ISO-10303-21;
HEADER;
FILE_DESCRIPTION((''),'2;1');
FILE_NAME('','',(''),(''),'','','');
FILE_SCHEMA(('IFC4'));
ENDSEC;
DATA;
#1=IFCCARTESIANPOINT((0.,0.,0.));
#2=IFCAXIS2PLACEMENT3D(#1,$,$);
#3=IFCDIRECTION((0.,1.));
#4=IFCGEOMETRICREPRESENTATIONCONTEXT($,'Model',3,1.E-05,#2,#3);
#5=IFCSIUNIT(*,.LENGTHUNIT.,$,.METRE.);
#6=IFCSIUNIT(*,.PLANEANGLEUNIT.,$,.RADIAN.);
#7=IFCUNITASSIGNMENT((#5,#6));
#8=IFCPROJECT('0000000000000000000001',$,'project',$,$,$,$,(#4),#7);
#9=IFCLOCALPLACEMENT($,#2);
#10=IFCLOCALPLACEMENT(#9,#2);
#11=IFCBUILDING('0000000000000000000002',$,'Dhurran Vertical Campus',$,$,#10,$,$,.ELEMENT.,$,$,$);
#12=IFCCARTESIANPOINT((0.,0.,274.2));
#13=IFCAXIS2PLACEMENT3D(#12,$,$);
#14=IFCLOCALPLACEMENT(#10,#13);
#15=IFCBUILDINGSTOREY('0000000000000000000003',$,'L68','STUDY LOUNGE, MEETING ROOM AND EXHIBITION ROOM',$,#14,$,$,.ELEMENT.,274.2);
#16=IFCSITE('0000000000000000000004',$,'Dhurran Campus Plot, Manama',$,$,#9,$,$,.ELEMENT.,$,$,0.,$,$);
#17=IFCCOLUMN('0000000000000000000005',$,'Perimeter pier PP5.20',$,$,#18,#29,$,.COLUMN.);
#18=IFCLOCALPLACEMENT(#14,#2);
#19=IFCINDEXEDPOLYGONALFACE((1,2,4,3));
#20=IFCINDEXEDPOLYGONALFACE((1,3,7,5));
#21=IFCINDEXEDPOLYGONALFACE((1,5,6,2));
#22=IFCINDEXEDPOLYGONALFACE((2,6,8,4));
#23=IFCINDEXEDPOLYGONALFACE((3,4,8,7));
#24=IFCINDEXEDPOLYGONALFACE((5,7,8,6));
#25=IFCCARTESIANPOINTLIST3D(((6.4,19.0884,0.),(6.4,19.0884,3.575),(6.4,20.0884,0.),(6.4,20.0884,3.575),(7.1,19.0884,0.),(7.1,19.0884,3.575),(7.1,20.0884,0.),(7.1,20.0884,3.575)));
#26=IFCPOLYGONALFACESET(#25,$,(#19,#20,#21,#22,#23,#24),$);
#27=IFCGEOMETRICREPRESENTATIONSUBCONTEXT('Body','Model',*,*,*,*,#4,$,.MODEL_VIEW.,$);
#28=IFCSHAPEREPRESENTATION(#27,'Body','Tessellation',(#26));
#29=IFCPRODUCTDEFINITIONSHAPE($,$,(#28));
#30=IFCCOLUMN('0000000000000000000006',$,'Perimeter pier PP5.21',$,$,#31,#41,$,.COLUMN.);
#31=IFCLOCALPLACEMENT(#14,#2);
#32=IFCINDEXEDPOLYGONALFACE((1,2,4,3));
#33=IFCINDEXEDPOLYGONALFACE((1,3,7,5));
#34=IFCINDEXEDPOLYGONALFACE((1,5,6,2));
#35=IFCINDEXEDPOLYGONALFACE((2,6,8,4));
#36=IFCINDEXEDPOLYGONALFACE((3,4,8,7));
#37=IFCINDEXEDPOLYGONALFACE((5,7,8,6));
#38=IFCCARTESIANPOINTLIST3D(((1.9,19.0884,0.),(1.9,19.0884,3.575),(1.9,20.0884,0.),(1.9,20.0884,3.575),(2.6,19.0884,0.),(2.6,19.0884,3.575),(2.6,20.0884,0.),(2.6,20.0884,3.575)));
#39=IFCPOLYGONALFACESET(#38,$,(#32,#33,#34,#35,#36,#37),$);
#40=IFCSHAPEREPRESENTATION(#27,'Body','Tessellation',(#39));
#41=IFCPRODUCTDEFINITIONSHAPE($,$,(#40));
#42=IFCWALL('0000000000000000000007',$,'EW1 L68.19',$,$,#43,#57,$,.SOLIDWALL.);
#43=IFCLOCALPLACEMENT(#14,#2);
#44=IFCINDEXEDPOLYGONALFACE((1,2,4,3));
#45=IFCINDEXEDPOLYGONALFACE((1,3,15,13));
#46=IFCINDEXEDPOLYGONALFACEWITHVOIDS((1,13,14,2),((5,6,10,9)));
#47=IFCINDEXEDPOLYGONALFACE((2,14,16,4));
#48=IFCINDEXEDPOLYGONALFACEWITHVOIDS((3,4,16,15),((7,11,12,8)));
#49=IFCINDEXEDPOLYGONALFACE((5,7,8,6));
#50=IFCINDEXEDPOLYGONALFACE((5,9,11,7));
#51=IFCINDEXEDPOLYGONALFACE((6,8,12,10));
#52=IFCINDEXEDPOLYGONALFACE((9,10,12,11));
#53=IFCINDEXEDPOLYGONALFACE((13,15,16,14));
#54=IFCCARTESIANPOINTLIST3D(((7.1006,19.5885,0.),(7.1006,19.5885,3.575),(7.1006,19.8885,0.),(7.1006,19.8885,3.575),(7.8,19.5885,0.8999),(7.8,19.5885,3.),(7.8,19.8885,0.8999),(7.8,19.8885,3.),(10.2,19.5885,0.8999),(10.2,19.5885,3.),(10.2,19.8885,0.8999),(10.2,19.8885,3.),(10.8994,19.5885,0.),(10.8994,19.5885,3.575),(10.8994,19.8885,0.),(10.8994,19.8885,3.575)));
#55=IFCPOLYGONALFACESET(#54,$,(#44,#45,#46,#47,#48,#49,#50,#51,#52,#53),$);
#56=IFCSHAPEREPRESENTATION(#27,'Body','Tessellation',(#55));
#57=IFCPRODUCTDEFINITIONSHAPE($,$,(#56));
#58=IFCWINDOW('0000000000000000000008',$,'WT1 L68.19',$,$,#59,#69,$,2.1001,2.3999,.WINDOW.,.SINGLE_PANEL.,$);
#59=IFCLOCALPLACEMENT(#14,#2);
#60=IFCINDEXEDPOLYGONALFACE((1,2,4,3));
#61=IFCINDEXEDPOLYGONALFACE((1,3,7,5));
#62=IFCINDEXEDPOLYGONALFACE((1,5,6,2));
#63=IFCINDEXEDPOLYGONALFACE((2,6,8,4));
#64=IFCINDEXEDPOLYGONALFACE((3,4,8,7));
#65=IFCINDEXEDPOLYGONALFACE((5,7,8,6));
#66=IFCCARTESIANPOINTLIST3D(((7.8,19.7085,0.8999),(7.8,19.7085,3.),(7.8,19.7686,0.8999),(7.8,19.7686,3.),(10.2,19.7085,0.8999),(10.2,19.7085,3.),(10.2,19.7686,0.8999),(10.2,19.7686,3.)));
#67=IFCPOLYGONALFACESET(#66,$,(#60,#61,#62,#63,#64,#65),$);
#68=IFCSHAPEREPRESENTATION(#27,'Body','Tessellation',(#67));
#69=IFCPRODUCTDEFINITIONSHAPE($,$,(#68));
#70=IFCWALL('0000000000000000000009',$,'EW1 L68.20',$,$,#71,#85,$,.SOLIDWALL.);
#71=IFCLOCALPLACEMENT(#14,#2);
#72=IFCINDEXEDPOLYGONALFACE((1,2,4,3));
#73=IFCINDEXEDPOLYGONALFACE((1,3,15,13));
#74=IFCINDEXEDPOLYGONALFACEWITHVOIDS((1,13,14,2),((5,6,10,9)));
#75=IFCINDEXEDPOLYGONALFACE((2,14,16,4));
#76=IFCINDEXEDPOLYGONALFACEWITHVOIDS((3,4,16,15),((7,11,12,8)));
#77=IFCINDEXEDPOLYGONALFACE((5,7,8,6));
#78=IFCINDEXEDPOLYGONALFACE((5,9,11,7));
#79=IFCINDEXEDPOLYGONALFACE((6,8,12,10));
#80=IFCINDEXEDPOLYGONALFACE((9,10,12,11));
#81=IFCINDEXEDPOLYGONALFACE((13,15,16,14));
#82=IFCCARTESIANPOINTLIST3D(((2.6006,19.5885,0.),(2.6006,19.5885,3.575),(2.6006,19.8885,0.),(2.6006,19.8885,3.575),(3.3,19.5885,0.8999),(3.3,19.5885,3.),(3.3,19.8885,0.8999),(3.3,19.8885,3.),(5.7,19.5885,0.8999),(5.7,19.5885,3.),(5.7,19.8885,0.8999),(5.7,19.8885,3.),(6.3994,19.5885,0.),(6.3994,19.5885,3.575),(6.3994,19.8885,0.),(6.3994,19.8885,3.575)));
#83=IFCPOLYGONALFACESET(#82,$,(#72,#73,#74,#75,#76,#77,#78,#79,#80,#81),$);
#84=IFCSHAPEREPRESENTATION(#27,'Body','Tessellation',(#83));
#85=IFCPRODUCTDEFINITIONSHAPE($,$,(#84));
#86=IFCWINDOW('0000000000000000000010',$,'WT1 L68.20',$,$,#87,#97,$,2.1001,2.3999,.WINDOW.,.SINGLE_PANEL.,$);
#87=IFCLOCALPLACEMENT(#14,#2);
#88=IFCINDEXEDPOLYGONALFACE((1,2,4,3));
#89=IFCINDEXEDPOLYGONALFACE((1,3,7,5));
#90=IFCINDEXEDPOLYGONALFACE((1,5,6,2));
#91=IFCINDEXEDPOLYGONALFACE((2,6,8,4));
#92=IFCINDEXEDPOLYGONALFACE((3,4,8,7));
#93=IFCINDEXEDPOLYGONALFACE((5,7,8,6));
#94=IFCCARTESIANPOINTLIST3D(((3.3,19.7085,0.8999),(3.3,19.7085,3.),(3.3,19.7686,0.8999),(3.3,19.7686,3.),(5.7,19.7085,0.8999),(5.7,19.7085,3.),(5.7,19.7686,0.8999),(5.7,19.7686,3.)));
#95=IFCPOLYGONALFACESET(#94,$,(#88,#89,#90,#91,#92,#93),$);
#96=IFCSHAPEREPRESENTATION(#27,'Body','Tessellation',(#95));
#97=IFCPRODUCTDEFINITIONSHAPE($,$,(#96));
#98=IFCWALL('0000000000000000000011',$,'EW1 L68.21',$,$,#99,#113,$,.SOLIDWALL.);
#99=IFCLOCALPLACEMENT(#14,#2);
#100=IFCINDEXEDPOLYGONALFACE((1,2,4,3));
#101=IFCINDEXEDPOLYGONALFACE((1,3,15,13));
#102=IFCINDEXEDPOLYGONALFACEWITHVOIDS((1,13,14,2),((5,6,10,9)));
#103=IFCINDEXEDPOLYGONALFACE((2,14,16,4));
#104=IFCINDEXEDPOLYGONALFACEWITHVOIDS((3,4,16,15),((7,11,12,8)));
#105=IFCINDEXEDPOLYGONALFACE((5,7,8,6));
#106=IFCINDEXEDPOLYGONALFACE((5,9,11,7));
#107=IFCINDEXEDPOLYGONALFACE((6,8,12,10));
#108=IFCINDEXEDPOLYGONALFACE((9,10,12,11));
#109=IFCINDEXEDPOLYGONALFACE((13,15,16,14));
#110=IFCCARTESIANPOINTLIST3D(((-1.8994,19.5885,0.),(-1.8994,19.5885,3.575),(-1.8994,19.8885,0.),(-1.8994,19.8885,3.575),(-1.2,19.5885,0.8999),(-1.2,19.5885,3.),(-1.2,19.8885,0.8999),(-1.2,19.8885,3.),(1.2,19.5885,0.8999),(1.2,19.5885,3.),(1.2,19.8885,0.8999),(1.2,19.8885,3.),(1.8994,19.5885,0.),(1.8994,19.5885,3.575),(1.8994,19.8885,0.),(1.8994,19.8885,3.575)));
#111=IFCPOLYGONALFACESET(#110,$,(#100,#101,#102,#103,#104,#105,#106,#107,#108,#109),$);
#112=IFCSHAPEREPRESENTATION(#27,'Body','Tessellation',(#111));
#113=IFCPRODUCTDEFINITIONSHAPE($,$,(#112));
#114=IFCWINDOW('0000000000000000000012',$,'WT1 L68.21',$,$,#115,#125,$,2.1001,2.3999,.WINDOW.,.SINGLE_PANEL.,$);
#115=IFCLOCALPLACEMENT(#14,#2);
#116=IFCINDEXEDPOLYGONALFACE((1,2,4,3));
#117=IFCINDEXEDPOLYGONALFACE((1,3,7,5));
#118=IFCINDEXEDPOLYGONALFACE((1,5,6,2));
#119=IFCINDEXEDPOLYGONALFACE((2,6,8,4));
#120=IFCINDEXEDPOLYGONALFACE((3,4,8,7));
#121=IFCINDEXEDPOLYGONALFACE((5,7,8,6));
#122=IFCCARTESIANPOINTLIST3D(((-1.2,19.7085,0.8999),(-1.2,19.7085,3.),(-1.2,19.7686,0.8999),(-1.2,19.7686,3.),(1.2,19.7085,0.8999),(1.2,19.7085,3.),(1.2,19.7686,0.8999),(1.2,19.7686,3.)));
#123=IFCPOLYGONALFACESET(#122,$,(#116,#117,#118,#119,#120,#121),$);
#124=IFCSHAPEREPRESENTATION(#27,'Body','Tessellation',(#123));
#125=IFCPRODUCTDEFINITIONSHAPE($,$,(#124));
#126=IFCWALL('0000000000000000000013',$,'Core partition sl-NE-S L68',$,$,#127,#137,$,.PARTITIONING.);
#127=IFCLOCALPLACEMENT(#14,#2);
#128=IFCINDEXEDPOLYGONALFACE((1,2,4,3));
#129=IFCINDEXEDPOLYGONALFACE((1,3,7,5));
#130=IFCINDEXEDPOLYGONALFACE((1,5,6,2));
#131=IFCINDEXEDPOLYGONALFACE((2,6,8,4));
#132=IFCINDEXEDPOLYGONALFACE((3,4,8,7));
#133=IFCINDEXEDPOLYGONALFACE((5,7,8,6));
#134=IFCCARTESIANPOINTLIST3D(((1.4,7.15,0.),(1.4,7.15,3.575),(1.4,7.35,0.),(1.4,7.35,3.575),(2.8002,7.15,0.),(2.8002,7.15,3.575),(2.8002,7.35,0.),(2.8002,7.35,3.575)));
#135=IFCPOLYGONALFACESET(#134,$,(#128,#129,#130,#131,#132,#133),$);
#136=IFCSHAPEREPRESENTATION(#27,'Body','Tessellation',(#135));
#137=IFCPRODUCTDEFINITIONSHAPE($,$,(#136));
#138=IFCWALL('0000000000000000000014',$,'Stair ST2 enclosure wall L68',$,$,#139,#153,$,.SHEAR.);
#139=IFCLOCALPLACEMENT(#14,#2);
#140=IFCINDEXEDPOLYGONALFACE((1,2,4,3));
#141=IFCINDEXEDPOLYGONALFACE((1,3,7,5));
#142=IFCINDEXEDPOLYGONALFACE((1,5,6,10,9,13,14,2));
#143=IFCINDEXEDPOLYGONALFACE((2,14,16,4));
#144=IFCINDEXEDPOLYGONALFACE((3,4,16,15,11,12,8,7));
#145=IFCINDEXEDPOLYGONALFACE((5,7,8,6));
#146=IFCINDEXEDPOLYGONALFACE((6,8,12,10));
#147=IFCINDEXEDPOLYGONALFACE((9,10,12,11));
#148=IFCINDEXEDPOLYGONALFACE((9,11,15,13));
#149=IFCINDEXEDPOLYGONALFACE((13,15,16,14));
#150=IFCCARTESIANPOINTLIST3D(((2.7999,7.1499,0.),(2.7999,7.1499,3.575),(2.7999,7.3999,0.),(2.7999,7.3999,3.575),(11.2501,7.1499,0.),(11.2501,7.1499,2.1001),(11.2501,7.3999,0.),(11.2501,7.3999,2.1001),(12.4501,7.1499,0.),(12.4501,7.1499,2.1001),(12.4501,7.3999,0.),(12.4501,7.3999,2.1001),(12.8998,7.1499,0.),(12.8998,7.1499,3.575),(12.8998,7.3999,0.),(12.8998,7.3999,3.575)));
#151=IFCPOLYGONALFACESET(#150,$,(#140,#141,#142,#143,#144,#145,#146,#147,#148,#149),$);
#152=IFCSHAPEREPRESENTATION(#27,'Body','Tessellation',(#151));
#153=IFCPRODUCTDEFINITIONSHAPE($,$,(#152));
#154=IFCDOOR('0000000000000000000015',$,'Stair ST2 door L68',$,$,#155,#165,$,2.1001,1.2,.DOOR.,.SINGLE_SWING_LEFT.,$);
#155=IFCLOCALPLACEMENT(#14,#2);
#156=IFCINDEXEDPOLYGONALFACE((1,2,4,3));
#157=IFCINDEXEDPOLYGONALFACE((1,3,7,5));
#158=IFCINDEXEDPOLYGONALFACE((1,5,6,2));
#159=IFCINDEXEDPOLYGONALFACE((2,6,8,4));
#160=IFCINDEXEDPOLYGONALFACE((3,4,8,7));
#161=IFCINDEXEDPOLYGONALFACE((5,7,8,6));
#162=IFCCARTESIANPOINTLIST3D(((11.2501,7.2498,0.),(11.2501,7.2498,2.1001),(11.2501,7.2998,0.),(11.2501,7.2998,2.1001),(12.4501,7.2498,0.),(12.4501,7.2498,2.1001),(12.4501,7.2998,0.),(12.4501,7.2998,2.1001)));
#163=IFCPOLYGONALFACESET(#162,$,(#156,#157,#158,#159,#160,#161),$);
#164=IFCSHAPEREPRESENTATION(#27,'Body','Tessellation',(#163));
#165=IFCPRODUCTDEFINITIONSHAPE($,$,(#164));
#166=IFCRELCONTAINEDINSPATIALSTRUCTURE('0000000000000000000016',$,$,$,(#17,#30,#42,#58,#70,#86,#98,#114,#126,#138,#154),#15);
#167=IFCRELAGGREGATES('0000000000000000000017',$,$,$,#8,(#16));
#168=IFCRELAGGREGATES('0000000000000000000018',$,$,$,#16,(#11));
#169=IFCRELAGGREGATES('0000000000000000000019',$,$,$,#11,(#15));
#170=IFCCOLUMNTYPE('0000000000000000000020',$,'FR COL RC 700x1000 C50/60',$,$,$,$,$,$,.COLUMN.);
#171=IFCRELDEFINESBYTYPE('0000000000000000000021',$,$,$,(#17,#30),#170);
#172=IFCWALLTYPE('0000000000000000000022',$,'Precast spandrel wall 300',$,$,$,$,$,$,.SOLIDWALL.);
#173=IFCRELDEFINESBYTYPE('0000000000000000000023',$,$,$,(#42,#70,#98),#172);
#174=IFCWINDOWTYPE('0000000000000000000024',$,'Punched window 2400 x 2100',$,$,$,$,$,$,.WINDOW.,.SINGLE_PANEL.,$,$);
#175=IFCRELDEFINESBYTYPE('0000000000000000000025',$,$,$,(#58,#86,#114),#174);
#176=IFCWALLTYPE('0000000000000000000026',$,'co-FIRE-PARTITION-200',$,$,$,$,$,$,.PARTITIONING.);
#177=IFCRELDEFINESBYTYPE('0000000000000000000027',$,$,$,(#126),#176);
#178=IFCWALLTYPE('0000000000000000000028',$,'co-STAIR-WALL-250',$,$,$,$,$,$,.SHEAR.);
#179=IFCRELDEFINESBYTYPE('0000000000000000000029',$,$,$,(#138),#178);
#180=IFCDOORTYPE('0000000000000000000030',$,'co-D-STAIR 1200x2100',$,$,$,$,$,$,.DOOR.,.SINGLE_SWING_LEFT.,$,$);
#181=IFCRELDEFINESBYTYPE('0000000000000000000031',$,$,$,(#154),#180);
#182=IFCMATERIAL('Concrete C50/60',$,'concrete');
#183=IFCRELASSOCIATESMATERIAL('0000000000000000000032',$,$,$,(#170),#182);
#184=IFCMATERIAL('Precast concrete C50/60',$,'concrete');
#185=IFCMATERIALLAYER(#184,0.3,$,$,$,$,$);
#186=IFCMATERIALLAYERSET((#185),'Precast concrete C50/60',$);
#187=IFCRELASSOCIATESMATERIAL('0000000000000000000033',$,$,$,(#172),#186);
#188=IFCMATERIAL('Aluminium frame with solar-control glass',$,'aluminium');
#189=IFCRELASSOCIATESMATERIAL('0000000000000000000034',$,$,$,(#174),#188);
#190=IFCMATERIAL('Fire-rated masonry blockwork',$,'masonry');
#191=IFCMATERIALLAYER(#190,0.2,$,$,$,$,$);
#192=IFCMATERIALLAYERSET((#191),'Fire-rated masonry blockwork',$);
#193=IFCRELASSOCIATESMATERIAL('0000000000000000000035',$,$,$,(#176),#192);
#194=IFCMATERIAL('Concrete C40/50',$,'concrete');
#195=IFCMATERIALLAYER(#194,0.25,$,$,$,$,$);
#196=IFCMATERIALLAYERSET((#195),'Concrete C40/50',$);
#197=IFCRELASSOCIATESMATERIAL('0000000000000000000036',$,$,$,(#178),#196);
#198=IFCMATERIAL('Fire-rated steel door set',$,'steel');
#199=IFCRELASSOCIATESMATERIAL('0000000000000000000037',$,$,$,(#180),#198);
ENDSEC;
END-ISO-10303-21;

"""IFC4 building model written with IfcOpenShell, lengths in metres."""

from ifc_helpers import new_model, si_unit, direction, frame, frame_2d, origin, origin_2d, place, context, subcontext, project, spatial, rectangle, extrude, material, layer, layer_set, material_profile, profile_set, type_object, element, fill, save


model = new_model("IFC4")

# Units and contexts
model_context = context("Model", 3, precision=1e-05, world=origin(), true_north=direction((0.0, 1.0)))
body_context = subcontext(model_context, "Body", "Model", "MODEL_VIEW")
ifc_project = project(units=[si_unit("LENGTHUNIT", "METRE"), si_unit("PLANEANGLEUNIT", "RADIAN")], contexts=[model_context])

# Site, building, storey
site_placement = place(None, origin())
site = spatial("IfcSite", under=ifc_project, at=site_placement, Name="Dhurran Campus Plot, Manama", CompositionType="ELEMENT", RefElevation=0.0)
building_placement = place(site_placement, origin())
building = spatial("IfcBuilding", under=site, at=building_placement, Name="Dhurran Vertical Campus", CompositionType="ELEMENT")
storey_placement = place(building_placement, frame((0.0, 0.0, 274.2)))
storey = spatial("IfcBuildingStorey", under=building, at=storey_placement, Name="L68", Description="STUDY LOUNGE, MEETING ROOM AND EXHIBITION ROOM", CompositionType="ELEMENT", Elevation=274.2)

# Columns
ifc_material_1 = material(Name="Concrete C50/60", Category="concrete")
ifc_material_profile = material_profile(ifc_material_1, rectangle(XDim=0.7, YDim=1.0, at=origin_2d()), Name="RC 700x1000")
ifc_profile_set = profile_set([ifc_material_profile], Name="Concrete C50/60")
column_type = type_object("IfcColumnType", Name="FR COL RC 700x1000 C50/60", PredefinedType="COLUMN", material=ifc_profile_set)
for number, where, z_axis, x_axis, name in (
    (1, (6.75, 19.5884, 0.0), (0.0, 0.0, 1.0), (-1.0, 0.0, 0.0), "Perimeter pier PP5.20"),
    (2, (2.25, 19.5884, 0.0), (0.0, 0.0, 1.0), (-1.0, 0.0, 0.0), "Perimeter pier PP5.21"),
):
    element("IfcColumn", number, at=place(storey_placement, frame(where, z_axis=z_axis, x_axis=x_axis)), inside=storey, type_object=column_type, Name=name, PredefinedType="COLUMN", context=body_context, shape_type="SweptSolid", body=[
        extrude(rectangle(XDim=0.7, YDim=1.0, at=origin_2d()), origin(), (0.0, 0.0, 1.0), 3.575),
    ])

# Walls, openings, windows
ifc_material_2 = material(Name="Precast concrete C50/60", Category="concrete")
ifc_layer_1 = layer(ifc_material_2, 0.3)
ifc_layer_set_1 = layer_set([ifc_layer_1], Name="Precast concrete C50/60")
wall_type_1 = type_object("IfcWallType", Name="Precast spandrel wall 300", PredefinedType="SOLIDWALL", material=ifc_layer_set_1)
wall_1_placement = place(storey_placement, frame((10.8994, 19.7385, 0.0), z_axis=(0.0, 0.0, 1.0), x_axis=(-1.0, 0.0, 0.0)))
wall_1 = element("IfcWall", 3, at=wall_1_placement, inside=storey, type_object=wall_type_1, Name="EW1 L68.19", PredefinedType="SOLIDWALL", context=body_context, shape_type="SweptSolid", body=[
    extrude(rectangle(XDim=3.7988, YDim=0.3, at=frame_2d((1.8994, 0.0))), origin(), (0.0, 0.0, 1.0), 3.575),
])
opening_1_placement = place(wall_1_placement, frame((0.6995, 0.0, 0.8999)))
opening_1 = element("IfcOpeningElement", 4, at=opening_1_placement, cuts=wall_1, PredefinedType="OPENING", context=body_context, shape_type="SweptSolid", body=[
    extrude(rectangle(XDim=2.3999, YDim=2.1001, at=frame_2d((1.2, 1.05))), frame((0.0, 0.1599, 0.0), z_axis=(0.0, -1.0, 0.0), x_axis=(1.0, 0.0, 0.0)), (0.0, 0.0, 1.0), 0.3201),
])
ifc_material_3 = material(Name="Aluminium frame with solar-control glass", Category="aluminium")
window_type = type_object("IfcWindowType", Name="Punched window 2400 x 2100", PartitioningType="SINGLE_PANEL", PredefinedType="WINDOW", material=ifc_material_3)
window_1_placement = place(opening_1_placement, origin())
window_1 = element("IfcWindow", 5, at=window_1_placement, inside=storey, type_object=window_type, Name="WT1 L68.19", OverallHeight=2.1001, OverallWidth=2.3999, PartitioningType="SINGLE_PANEL", PredefinedType="WINDOW", context=body_context, shape_type="SweptSolid", body=[
    extrude(rectangle(XDim=2.3999, YDim=2.1001, at=frame_2d((1.2, 1.05))), frame((0.0, 0.03, 0.0), z_axis=(0.0, -1.0, 0.0), x_axis=(1.0, 0.0, 0.0)), (0.0, 0.0, 1.0), 0.0601),
])
fill(opening_1, window_1)
wall_2_placement = place(storey_placement, frame((6.3994, 19.7385, 0.0), z_axis=(0.0, 0.0, 1.0), x_axis=(-1.0, 0.0, 0.0)))
wall_2 = element("IfcWall", 6, at=wall_2_placement, inside=storey, type_object=wall_type_1, Name="EW1 L68.20", PredefinedType="SOLIDWALL", context=body_context, shape_type="SweptSolid", body=[
    extrude(rectangle(XDim=3.7988, YDim=0.3, at=frame_2d((1.8994, 0.0))), origin(), (0.0, 0.0, 1.0), 3.575),
])
opening_2_placement = place(wall_2_placement, frame((0.6995, 0.0, 0.8999)))
opening_2 = element("IfcOpeningElement", 7, at=opening_2_placement, cuts=wall_2, PredefinedType="OPENING", context=body_context, shape_type="SweptSolid", body=[
    extrude(rectangle(XDim=2.3999, YDim=2.1001, at=frame_2d((1.2, 1.05))), frame((0.0, 0.1599, 0.0), z_axis=(0.0, -1.0, 0.0), x_axis=(1.0, 0.0, 0.0)), (0.0, 0.0, 1.0), 0.3201),
])
window_2_placement = place(opening_2_placement, origin())
window_2 = element("IfcWindow", 8, at=window_2_placement, inside=storey, type_object=window_type, Name="WT1 L68.20", OverallHeight=2.1001, OverallWidth=2.3999, PartitioningType="SINGLE_PANEL", PredefinedType="WINDOW", context=body_context, shape_type="SweptSolid", body=[
    extrude(rectangle(XDim=2.3999, YDim=2.1001, at=frame_2d((1.2, 1.05))), frame((0.0, 0.03, 0.0), z_axis=(0.0, -1.0, 0.0), x_axis=(1.0, 0.0, 0.0)), (0.0, 0.0, 1.0), 0.0601),
])
fill(opening_2, window_2)
wall_3_placement = place(storey_placement, frame((1.8994, 19.7385, 0.0), z_axis=(0.0, 0.0, 1.0), x_axis=(-1.0, 0.0, 0.0)))
wall_3 = element("IfcWall", 9, at=wall_3_placement, inside=storey, type_object=wall_type_1, Name="EW1 L68.21", PredefinedType="SOLIDWALL", context=body_context, shape_type="SweptSolid", body=[
    extrude(rectangle(XDim=3.7988, YDim=0.3, at=frame_2d((1.8994, 0.0))), origin(), (0.0, 0.0, 1.0), 3.575),
])
opening_3_placement = place(wall_3_placement, frame((0.6995, 0.0, 0.8999)))
opening_3 = element("IfcOpeningElement", 10, at=opening_3_placement, cuts=wall_3, PredefinedType="OPENING", context=body_context, shape_type="SweptSolid", body=[
    extrude(rectangle(XDim=2.3999, YDim=2.1001, at=frame_2d((1.2, 1.05))), frame((0.0, 0.1599, 0.0), z_axis=(0.0, -1.0, 0.0), x_axis=(1.0, 0.0, 0.0)), (0.0, 0.0, 1.0), 0.3201),
])
window_3_placement = place(opening_3_placement, origin())
window_3 = element("IfcWindow", 11, at=window_3_placement, inside=storey, type_object=window_type, Name="WT1 L68.21", OverallHeight=2.1001, OverallWidth=2.3999, PartitioningType="SINGLE_PANEL", PredefinedType="WINDOW", context=body_context, shape_type="SweptSolid", body=[
    extrude(rectangle(XDim=2.3999, YDim=2.1001, at=frame_2d((1.2, 1.05))), frame((0.0, 0.03, 0.0), z_axis=(0.0, -1.0, 0.0), x_axis=(1.0, 0.0, 0.0)), (0.0, 0.0, 1.0), 0.0601),
])
fill(opening_3, window_3)

# Wall
ifc_material_4 = material(Name="Fire-rated masonry blockwork", Category="masonry")
ifc_layer_2 = layer(ifc_material_4, 0.2)
ifc_layer_set_2 = layer_set([ifc_layer_2], Name="Fire-rated masonry blockwork")
wall_type_2 = type_object("IfcWallType", Name="co-FIRE-PARTITION-200", PredefinedType="PARTITIONING", material=ifc_layer_set_2)
wall_4_placement = place(storey_placement, frame((1.3999, 7.25, 0.0), z_axis=(0.0, 0.0, 1.0), x_axis=(1.0, 0.0, 0.0)))
element("IfcWall", 12, at=wall_4_placement, inside=storey, type_object=wall_type_2, Name="Core partition sl-NE-S L68", PredefinedType="PARTITIONING", context=body_context, shape_type="SweptSolid", body=[
    extrude(rectangle(XDim=1.4001, YDim=0.2, at=frame_2d((0.7002, 0.0))), origin(), (0.0, 0.0, 1.0), 3.575),
])

# Wall, opening, door
ifc_material_5 = material(Name="Concrete C40/50", Category="concrete")
ifc_layer_3 = layer(ifc_material_5, 0.25)
ifc_layer_set_3 = layer_set([ifc_layer_3], Name="Concrete C40/50")
wall_type_3 = type_object("IfcWallType", Name="co-STAIR-WALL-250", PredefinedType="SHEAR", material=ifc_layer_set_3)
wall_5_placement = place(storey_placement, frame((2.8, 7.2749, 0.0), z_axis=(0.0, 0.0, 1.0), x_axis=(1.0, 0.0, 0.0)))
wall_5 = element("IfcWall", 13, at=wall_5_placement, inside=storey, type_object=wall_type_3, Name="Stair ST2 enclosure wall L68", PredefinedType="SHEAR", context=body_context, shape_type="SweptSolid", body=[
    extrude(rectangle(XDim=10.0999, YDim=0.25, at=frame_2d((5.0498, 0.0))), origin(), (0.0, 0.0, 1.0), 3.575),
])
opening_4_placement = place(wall_5_placement, frame((8.45, 0.0, 0.0)))
opening_4 = element("IfcOpeningElement", 14, at=opening_4_placement, cuts=wall_5, PredefinedType="OPENING", context=body_context, shape_type="SweptSolid", body=[
    extrude(rectangle(XDim=1.2, YDim=2.1001, at=frame_2d((0.6001, 1.05))), frame((0.0, 0.135, 0.0), z_axis=(0.0, -1.0, 0.0), x_axis=(1.0, 0.0, 0.0)), (0.0, 0.0, 1.0), 0.27),
])
ifc_material_6 = material(Name="Fire-rated steel door set", Category="steel")
door_type_1 = type_object("IfcDoorType", Name="co-D-STAIR 1200x2100", OperationType="SINGLE_SWING_LEFT", PredefinedType="DOOR", material=ifc_material_6)
door_1_placement = place(opening_4_placement, origin())
door_1 = element("IfcDoor", 15, at=door_1_placement, inside=storey, type_object=door_type_1, Name="Stair ST2 door L68", OperationType="SINGLE_SWING_LEFT", OverallHeight=2.1001, OverallWidth=1.2, PredefinedType="DOOR", context=body_context, shape_type="SweptSolid", body=[
    extrude(rectangle(XDim=1.2, YDim=2.1001, at=frame_2d((0.6001, 1.05))), frame((0.0, 0.0249, 0.0), z_axis=(0.0, -1.0, 0.0), x_axis=(1.0, 0.0, 0.0)), (0.0, 0.0, 1.0), 0.05),
])
fill(opening_4, door_1)

save(model, "model.ifc")
